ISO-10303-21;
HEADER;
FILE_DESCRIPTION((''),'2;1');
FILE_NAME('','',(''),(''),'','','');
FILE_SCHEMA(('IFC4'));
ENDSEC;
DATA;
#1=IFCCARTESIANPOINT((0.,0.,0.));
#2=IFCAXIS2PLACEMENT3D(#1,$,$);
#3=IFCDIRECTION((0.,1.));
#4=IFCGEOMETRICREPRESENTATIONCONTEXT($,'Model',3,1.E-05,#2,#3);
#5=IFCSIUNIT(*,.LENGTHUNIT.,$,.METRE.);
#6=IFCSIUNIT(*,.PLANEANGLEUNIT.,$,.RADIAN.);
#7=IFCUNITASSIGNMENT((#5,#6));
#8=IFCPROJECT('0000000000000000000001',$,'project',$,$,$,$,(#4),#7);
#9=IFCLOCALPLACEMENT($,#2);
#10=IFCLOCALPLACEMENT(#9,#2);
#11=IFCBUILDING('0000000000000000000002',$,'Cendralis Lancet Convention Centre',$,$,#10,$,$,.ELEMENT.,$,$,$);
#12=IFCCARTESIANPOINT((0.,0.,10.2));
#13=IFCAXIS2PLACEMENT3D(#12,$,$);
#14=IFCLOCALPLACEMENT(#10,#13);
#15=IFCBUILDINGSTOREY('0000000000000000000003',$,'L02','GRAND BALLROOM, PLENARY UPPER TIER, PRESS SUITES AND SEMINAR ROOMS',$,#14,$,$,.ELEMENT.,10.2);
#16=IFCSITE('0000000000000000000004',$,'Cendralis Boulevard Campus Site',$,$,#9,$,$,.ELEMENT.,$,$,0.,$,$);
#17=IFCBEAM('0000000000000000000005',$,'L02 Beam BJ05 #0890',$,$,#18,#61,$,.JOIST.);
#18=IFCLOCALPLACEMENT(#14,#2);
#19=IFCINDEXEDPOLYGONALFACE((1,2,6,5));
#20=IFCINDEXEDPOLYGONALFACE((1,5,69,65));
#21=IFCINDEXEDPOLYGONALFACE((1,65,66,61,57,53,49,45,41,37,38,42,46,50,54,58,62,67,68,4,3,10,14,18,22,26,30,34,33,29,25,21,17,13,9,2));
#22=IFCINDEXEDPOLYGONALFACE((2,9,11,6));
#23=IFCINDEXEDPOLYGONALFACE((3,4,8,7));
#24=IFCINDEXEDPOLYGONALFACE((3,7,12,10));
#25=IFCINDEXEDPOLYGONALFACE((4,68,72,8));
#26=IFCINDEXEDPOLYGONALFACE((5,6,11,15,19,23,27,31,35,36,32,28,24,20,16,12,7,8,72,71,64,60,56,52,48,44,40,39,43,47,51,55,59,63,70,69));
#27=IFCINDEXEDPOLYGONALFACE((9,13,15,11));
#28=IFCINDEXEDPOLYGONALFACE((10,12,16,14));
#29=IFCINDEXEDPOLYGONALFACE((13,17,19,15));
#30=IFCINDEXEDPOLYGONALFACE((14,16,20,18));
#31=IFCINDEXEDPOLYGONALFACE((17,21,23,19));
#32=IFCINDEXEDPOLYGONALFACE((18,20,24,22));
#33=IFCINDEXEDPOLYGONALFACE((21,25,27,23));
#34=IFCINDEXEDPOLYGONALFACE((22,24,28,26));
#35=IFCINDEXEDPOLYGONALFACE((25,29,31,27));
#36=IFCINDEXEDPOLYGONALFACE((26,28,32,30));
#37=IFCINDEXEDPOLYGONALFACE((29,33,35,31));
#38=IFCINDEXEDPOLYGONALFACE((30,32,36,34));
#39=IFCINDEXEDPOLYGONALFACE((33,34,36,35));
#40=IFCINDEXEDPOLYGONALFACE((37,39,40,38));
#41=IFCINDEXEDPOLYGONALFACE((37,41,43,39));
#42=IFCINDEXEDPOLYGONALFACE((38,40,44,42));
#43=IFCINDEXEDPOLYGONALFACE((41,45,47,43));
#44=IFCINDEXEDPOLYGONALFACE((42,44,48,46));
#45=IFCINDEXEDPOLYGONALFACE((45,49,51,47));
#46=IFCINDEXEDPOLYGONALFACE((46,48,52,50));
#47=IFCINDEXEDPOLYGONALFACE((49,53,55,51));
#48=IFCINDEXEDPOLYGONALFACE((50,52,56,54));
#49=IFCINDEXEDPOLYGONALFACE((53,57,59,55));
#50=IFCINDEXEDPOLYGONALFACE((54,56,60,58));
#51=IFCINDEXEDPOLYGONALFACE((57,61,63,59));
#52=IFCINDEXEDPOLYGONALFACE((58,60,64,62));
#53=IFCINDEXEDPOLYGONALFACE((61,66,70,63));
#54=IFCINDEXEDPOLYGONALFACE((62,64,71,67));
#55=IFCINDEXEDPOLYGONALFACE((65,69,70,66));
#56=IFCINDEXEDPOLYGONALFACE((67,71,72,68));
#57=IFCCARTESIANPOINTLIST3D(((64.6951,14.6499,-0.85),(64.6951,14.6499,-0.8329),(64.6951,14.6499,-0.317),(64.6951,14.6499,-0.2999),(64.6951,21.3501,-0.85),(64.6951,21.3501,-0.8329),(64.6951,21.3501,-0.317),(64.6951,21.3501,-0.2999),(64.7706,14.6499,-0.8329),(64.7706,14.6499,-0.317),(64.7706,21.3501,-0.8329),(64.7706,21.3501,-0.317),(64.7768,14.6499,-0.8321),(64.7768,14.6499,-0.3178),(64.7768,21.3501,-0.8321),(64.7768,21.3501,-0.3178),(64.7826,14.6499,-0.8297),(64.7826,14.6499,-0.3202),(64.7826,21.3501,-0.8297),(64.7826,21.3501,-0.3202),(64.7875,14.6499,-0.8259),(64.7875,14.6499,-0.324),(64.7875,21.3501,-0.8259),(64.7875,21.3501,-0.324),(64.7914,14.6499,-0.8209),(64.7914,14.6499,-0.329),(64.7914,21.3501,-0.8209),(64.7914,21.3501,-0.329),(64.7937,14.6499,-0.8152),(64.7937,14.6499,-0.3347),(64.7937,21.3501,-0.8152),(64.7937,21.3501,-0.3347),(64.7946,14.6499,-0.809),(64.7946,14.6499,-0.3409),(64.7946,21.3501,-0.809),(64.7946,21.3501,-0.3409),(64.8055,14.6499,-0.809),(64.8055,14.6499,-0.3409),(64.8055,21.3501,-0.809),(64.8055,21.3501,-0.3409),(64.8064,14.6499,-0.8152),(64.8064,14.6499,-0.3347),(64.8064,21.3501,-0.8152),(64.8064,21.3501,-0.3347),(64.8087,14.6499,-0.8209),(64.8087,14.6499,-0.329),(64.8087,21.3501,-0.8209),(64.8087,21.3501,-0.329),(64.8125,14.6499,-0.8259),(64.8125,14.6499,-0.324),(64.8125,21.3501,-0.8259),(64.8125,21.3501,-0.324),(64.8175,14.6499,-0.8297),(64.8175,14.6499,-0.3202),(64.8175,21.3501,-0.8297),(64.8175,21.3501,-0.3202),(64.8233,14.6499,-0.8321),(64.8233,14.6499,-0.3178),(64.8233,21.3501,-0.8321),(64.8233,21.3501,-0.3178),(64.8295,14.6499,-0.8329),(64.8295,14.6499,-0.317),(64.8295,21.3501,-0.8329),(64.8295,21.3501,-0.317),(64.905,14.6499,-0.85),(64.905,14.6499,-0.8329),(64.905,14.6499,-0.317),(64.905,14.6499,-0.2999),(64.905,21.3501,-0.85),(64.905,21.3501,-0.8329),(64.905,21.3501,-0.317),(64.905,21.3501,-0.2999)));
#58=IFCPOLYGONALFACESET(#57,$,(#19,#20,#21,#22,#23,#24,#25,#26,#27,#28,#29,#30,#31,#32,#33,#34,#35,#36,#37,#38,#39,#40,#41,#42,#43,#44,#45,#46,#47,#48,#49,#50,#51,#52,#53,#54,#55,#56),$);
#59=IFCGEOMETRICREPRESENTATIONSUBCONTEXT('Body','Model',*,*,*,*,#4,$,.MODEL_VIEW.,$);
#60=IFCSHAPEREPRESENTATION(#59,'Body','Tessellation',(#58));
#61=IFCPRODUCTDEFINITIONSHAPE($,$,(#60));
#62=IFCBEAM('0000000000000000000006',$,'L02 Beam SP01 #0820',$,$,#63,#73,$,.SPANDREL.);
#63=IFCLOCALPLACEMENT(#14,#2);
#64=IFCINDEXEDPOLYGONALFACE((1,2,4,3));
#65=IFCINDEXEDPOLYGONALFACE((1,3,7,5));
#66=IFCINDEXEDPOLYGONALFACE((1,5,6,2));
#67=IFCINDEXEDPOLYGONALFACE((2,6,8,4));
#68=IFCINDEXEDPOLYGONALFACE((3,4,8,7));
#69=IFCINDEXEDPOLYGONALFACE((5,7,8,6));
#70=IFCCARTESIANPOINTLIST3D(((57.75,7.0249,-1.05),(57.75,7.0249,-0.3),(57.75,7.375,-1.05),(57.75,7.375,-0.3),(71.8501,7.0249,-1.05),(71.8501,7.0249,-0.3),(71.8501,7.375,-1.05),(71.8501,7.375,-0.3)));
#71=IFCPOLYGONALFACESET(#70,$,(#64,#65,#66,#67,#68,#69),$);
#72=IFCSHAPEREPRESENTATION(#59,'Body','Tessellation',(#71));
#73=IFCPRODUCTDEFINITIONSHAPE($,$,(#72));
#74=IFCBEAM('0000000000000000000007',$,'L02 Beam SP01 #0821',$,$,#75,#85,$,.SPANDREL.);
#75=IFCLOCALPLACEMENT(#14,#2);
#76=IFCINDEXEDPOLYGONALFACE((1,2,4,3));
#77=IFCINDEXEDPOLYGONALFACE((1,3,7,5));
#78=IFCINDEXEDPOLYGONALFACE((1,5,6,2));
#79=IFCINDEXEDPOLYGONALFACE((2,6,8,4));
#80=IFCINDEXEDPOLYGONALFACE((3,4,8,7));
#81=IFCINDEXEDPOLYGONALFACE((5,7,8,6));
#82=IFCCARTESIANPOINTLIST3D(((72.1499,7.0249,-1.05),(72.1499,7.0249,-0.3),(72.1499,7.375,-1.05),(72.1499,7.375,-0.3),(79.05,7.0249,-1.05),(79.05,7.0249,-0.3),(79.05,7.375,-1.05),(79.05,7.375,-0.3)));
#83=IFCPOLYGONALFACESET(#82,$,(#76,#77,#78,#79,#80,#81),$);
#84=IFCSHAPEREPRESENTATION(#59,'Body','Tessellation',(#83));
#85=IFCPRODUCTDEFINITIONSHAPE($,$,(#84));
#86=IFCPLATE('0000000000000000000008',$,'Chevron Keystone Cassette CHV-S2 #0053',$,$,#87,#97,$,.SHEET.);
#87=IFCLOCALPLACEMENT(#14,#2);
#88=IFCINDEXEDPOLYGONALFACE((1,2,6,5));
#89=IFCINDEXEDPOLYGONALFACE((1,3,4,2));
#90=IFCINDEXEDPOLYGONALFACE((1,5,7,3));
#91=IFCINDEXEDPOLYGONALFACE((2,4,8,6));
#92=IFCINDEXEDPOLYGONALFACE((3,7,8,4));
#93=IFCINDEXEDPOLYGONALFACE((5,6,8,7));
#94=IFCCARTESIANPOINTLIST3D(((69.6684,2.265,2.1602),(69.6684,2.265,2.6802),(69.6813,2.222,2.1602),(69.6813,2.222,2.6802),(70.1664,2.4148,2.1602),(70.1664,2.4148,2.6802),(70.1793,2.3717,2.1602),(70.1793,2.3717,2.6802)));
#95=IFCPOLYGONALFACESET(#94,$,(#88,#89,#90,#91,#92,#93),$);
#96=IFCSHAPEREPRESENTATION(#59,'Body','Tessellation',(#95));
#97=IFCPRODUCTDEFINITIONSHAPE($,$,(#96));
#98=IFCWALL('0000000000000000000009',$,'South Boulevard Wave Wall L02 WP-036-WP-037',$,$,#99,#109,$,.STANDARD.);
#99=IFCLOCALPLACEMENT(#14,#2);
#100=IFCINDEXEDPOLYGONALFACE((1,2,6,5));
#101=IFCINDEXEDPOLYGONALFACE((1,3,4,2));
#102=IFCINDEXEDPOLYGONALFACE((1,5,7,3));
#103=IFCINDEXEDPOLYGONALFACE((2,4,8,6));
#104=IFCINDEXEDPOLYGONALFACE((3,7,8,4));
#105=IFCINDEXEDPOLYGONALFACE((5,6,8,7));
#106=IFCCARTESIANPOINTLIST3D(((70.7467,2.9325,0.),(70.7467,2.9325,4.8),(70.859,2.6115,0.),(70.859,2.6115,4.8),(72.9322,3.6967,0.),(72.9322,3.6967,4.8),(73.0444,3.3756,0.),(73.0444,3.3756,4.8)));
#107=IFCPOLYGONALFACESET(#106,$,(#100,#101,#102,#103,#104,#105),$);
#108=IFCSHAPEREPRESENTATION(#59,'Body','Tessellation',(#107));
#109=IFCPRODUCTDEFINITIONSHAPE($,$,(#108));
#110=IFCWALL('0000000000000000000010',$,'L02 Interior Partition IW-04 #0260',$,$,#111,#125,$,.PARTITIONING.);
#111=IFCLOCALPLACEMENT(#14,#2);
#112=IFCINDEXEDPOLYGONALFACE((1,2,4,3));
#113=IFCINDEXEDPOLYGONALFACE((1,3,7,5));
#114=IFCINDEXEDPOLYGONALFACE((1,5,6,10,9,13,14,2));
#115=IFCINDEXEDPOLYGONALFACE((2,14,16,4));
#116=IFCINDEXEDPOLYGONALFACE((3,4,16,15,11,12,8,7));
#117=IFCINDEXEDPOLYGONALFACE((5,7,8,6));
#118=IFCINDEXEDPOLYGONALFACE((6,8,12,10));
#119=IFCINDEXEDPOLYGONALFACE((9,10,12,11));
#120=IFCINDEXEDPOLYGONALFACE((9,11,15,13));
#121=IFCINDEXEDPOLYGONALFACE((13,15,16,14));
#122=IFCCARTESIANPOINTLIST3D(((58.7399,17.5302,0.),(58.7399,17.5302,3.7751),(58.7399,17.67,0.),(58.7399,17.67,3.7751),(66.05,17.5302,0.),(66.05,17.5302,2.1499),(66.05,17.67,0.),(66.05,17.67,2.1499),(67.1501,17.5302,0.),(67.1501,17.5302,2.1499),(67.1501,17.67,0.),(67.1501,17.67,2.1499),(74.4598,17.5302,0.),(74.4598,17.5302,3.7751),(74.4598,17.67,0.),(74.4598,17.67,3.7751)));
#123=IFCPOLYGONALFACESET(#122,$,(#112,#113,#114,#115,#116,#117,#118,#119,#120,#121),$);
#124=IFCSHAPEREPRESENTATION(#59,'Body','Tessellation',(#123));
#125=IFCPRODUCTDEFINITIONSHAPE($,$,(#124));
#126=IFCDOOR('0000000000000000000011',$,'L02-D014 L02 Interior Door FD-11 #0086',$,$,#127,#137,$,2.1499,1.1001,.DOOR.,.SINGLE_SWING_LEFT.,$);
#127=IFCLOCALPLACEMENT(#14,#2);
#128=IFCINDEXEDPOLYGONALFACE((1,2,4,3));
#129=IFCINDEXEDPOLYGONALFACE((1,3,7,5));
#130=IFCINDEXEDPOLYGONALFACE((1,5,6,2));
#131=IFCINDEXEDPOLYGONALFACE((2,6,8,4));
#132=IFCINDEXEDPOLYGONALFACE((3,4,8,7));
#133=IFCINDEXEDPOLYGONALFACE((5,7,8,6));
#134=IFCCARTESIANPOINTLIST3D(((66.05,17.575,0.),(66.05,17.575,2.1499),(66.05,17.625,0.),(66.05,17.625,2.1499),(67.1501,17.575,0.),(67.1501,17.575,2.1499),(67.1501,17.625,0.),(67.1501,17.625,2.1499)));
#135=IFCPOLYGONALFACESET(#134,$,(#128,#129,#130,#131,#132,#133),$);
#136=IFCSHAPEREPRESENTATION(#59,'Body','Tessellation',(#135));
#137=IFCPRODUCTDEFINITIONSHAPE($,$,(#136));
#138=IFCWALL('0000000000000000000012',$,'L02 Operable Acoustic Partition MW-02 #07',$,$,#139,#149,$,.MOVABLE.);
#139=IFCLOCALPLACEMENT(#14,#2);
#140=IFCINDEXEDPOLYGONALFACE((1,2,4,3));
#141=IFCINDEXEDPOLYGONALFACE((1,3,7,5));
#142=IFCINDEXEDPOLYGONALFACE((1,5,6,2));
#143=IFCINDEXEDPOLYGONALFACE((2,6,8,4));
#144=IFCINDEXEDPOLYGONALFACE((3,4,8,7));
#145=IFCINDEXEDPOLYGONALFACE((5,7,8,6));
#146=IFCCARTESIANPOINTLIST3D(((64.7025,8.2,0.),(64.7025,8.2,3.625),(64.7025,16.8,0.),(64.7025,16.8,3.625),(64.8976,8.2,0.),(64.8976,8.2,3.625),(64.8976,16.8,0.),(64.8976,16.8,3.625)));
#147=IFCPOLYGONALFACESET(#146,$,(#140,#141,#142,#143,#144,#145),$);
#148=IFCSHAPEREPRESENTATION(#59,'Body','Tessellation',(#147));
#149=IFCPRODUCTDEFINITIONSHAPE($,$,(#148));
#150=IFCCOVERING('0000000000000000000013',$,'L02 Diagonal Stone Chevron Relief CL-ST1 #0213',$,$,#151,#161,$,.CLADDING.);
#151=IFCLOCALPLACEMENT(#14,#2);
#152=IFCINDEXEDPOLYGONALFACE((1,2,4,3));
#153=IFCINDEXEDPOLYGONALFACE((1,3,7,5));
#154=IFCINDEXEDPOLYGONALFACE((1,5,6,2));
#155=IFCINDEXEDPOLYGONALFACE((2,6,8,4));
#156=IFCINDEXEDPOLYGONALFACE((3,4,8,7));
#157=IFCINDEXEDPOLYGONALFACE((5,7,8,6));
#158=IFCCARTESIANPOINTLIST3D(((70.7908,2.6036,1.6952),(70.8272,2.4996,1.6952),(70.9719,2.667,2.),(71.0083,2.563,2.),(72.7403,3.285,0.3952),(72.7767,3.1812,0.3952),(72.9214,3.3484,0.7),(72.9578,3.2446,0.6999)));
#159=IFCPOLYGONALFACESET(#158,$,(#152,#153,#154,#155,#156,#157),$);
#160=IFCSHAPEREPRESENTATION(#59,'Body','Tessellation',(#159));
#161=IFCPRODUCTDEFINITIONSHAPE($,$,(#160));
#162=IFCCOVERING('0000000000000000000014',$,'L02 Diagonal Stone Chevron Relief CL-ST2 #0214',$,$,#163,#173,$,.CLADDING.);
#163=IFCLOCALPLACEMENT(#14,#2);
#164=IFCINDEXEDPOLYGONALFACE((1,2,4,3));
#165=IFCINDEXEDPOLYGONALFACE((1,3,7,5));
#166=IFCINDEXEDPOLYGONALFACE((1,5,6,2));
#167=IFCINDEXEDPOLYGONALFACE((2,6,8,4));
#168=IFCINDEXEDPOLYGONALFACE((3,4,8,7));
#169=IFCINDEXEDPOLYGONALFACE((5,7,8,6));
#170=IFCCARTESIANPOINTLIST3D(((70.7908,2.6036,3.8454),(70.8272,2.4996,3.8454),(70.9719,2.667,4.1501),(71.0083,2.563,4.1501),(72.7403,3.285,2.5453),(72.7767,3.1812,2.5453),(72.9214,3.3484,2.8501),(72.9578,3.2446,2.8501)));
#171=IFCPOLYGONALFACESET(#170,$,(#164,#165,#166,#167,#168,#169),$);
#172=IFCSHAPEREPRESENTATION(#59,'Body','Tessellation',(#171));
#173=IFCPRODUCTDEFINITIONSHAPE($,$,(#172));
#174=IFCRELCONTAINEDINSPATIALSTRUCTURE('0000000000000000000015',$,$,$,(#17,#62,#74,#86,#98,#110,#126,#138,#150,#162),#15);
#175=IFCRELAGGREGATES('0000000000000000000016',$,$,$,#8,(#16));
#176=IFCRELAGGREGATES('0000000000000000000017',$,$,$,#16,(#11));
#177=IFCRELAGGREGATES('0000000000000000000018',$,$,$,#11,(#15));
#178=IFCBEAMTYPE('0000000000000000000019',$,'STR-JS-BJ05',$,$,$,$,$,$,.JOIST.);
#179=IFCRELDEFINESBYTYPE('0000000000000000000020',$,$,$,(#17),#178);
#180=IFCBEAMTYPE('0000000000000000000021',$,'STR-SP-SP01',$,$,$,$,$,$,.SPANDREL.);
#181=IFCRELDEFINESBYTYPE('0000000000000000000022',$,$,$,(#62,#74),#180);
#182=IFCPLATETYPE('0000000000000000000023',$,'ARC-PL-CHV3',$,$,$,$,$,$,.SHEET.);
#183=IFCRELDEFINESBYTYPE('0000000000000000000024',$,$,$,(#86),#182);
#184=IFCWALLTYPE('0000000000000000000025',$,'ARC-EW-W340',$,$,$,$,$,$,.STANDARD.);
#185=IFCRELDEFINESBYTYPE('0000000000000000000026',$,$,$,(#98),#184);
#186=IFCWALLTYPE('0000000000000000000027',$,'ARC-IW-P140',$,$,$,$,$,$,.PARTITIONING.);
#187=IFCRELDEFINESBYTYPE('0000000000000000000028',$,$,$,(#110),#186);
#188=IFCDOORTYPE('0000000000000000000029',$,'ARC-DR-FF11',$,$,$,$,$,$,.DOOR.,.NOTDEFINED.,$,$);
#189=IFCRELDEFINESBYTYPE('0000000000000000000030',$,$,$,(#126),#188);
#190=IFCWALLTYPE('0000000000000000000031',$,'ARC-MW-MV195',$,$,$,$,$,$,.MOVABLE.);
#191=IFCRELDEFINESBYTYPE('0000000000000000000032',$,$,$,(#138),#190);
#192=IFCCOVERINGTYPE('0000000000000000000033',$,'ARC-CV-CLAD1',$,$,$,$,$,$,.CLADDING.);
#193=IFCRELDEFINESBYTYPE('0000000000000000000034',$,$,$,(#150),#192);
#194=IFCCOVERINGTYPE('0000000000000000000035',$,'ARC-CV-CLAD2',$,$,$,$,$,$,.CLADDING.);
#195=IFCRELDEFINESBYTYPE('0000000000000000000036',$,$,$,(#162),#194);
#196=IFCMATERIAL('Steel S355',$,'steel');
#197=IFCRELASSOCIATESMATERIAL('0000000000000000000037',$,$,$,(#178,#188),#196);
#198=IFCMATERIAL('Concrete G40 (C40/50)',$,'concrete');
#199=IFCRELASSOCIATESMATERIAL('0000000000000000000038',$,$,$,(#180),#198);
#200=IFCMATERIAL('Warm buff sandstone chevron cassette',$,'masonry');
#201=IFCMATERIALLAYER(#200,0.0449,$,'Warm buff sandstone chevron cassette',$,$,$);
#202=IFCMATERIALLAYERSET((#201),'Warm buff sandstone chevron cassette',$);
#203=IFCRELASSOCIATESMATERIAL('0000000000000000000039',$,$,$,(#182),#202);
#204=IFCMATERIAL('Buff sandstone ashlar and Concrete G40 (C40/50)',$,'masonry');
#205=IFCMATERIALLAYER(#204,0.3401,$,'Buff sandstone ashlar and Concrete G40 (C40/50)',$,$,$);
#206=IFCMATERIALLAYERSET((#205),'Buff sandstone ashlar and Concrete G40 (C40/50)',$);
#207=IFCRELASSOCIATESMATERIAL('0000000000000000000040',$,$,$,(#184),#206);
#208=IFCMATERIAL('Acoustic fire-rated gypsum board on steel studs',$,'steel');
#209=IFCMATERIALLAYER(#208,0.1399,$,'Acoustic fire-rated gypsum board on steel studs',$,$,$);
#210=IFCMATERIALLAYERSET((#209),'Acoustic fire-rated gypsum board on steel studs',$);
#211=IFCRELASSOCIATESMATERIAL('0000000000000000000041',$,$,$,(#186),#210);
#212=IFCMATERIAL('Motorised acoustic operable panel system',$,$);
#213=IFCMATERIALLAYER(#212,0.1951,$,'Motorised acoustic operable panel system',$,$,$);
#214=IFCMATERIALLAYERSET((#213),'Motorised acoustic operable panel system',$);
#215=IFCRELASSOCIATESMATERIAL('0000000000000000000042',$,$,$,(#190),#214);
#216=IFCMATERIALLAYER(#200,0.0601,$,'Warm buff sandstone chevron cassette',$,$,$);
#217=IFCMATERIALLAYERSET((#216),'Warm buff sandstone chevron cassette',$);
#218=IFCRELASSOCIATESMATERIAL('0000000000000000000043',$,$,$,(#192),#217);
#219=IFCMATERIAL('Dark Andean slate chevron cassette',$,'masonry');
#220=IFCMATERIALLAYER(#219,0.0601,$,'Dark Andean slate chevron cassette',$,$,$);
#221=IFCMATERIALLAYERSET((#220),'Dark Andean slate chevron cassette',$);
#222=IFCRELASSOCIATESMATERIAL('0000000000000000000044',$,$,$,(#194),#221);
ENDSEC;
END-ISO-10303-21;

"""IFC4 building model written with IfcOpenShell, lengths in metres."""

from ifc_helpers import new_model, si_unit, direction, frame, frame_2d, origin, origin_2d, place, context, subcontext, project, spatial, polyline, rectangle, i_section, outline, extrude, material, layer, layer_set, material_profile, profile_set, type_object, element, fill, save


model = new_model("IFC4")

# Units and contexts
model_context = context("Model", 3, precision=1e-05, world=origin(), true_north=direction((0.0, 1.0)))
body_context = subcontext(model_context, "Body", "Model", "MODEL_VIEW")
ifc_project = project(units=[si_unit("LENGTHUNIT", "METRE"), si_unit("PLANEANGLEUNIT", "RADIAN")], contexts=[model_context])

# Site, building, storey
site_placement = place(None, origin())
site = spatial("IfcSite", under=ifc_project, at=site_placement, Name="Cendralis Boulevard Campus Site", CompositionType="ELEMENT", RefElevation=0.0)
building_placement = place(site_placement, origin())
building = spatial("IfcBuilding", under=site, at=building_placement, Name="Cendralis Lancet Convention Centre", CompositionType="ELEMENT")
storey_placement = place(building_placement, frame((0.0, 0.0, 10.2)))
storey = spatial("IfcBuildingStorey", under=building, at=storey_placement, Name="L02", Description="GRAND BALLROOM, PLENARY UPPER TIER, PRESS SUITES AND SEMINAR ROOMS", CompositionType="ELEMENT", Elevation=10.2)

# Shared definitions
ifc_material_1 = material(Name="Concrete G40 (C40/50)", Category="concrete")
ifc_material_2 = material(Name="Steel S355", Category="steel")

# Beams
ifc_material_profile_1 = material_profile(ifc_material_2, i_section(OverallWidth=0.21, OverallDepth=0.55, WebThickness=0.011, FlangeThickness=0.0171, FilletRadius=0.0239, at=origin_2d()), Name="IPE 550")
ifc_profile_set_1 = profile_set([ifc_material_profile_1], Name="Steel S355")
beam_type_1 = type_object("IfcBeamType", Name="STR-JS-BJ05", PredefinedType="JOIST", material=ifc_profile_set_1)
beam_1_placement = place(storey_placement, frame((64.8, 14.6499, -0.575), z_axis=(0.0, 1.0, 0.0), x_axis=(-1.0, 0.0, 0.0)))
element("IfcBeam", 1, at=beam_1_placement, inside=storey, type_object=beam_type_1, Name="L02 Beam BJ05 #0890", PredefinedType="JOIST", context=body_context, shape_type="SweptSolid", body=[
    extrude(i_section(OverallWidth=0.21, OverallDepth=0.55, WebThickness=0.011, FlangeThickness=0.0171, FilletRadius=0.0239, at=origin_2d()), origin(), (0.0, 0.0, 1.0), 6.7002),
])
ifc_material_profile_2 = material_profile(ifc_material_1, rectangle(XDim=0.3501, YDim=0.75, at=origin_2d()), Name="RCB 350x750")
ifc_profile_set_2 = profile_set([ifc_material_profile_2], Name="Concrete G40 (C40/50)")
beam_type_2 = type_object("IfcBeamType", Name="STR-SP-SP01", PredefinedType="SPANDREL", material=ifc_profile_set_2)
beam_2_placement = place(storey_placement, frame((57.75, 7.2, -0.675), z_axis=(1.0, 0.0, 0.0), x_axis=(0.0, 1.0, 0.0)))
element("IfcBeam", 2, at=beam_2_placement, inside=storey, type_object=beam_type_2, Name="L02 Beam SP01 #0820", PredefinedType="SPANDREL", context=body_context, shape_type="SweptSolid", body=[
    extrude(rectangle(XDim=0.3501, YDim=0.75, at=origin_2d()), origin(), (0.0, 0.0, 1.0), 14.1001),
])
beam_3_placement = place(storey_placement, frame((72.1499, 7.2, -0.675), z_axis=(1.0, 0.0, 0.0), x_axis=(0.0, 1.0, 0.0)))
element("IfcBeam", 3, at=beam_3_placement, inside=storey, type_object=beam_type_2, Name="L02 Beam SP01 #0821", PredefinedType="SPANDREL", context=body_context, shape_type="SweptSolid", body=[
    extrude(rectangle(XDim=0.3501, YDim=0.75, at=origin_2d()), origin(), (0.0, 0.0, 1.0), 6.9001),
])

# Plate
ifc_material_3 = material(Name="Warm buff sandstone chevron cassette", Category="masonry")
ifc_layer_1 = layer(ifc_material_3, 0.0449, Name="Warm buff sandstone chevron cassette")
ifc_layer_set_1 = layer_set([ifc_layer_1], Name="Warm buff sandstone chevron cassette")
plate_type = type_object("IfcPlateType", Name="ARC-PL-CHV3", PredefinedType="SHEET", material=ifc_layer_set_1)
plate_placement = place(storey_placement, frame((69.9238, 2.3184, 2.1602), z_axis=(0.0, 0.0, 1.0), x_axis=(0.957632, 0.287996, 0.0)))
element("IfcPlate", 4, at=plate_placement, inside=storey, type_object=plate_type, Name="Chevron Keystone Cassette CHV-S2 #0053", PredefinedType="SHEET", context=body_context, shape_type="SweptSolid", body=[
    extrude(rectangle(XDim=0.52, YDim=0.0449, at=origin_2d()), origin(), (0.0, 0.0, 1.0), 0.52),
])

# Wall
ifc_material_4 = material(Name="Buff sandstone ashlar and Concrete G40 (C40/50)", Category="masonry")
ifc_layer_2 = layer(ifc_material_4, 0.3401, Name="Buff sandstone ashlar and Concrete G40 (C40/50)")
ifc_layer_set_2 = layer_set([ifc_layer_2], Name="Buff sandstone ashlar and Concrete G40 (C40/50)")
wall_type_1 = type_object("IfcWallType", Name="ARC-EW-W340", PredefinedType="STANDARD", material=ifc_layer_set_2)
wall_1_placement = place(storey_placement, frame((70.8027, 2.772, 0.0), z_axis=(0.0, 0.0, 1.0), x_axis=(0.943964, 0.33005, 0.0)))
element("IfcWall", 5, at=wall_1_placement, inside=storey, type_object=wall_type_1, Name="South Boulevard Wave Wall L02 WP-036-WP-037", PredefinedType="STANDARD", context=body_context, shape_type="SweptSolid", body=[
    extrude(rectangle(XDim=2.3152, YDim=0.3401, at=frame_2d((1.1577, 0.0))), origin(), (0.0, 0.0, 1.0), 4.8),
])

# Wall, opening, door
ifc_material_5 = material(Name="Acoustic fire-rated gypsum board on steel studs", Category="steel")
ifc_layer_3 = layer(ifc_material_5, 0.1399, Name="Acoustic fire-rated gypsum board on steel studs")
ifc_layer_set_3 = layer_set([ifc_layer_3], Name="Acoustic fire-rated gypsum board on steel studs")
wall_type_2 = type_object("IfcWallType", Name="ARC-IW-P140", PredefinedType="PARTITIONING", material=ifc_layer_set_3)
wall_2_placement = place(storey_placement, frame((58.74, 17.6001, 0.0), z_axis=(0.0, 0.0, 1.0), x_axis=(1.0, 0.0, 0.0)))
wall_2 = element("IfcWall", 6, at=wall_2_placement, inside=storey, type_object=wall_type_2, Name="L02 Interior Partition IW-04 #0260", PredefinedType="PARTITIONING", context=body_context, shape_type="SweptSolid", body=[
    extrude(rectangle(XDim=15.72, YDim=0.1399, at=frame_2d((7.8599, 0.0))), origin(), (0.0, 0.0, 1.0), 3.7751),
])
opening_placement = place(wall_2_placement, frame((7.3101, 0.0, 0.0)))
opening = element("IfcOpeningElement", 7, at=opening_placement, cuts=wall_2, PredefinedType="OPENING", context=body_context, shape_type="SweptSolid", body=[
    extrude(rectangle(XDim=1.1001, YDim=2.1499, at=frame_2d((0.55, 1.075))), frame((0.0, 0.0798, 0.0), z_axis=(0.0, -1.0, 0.0), x_axis=(1.0, 0.0, 0.0)), (0.0, 0.0, 1.0), 0.1599),
])
door_type = type_object("IfcDoorType", Name="ARC-DR-FF11", OperationType="NOTDEFINED", PredefinedType="DOOR", material=ifc_material_2)
door_placement = place(opening_placement, origin())
door = element("IfcDoor", 8, at=door_placement, inside=storey, type_object=door_type, Name="L02-D014 L02 Interior Door FD-11 #0086", OperationType="SINGLE_SWING_LEFT", OverallHeight=2.1499, OverallWidth=1.1001, PredefinedType="DOOR", context=body_context, shape_type="SweptSolid", body=[
    extrude(rectangle(XDim=1.1001, YDim=2.1499, at=frame_2d((0.55, 1.075))), frame((0.0, 0.0249, 0.0), z_axis=(0.0, -1.0, 0.0), x_axis=(1.0, 0.0, 0.0)), (0.0, 0.0, 1.0), 0.05),
])
fill(opening, door)

# Wall
ifc_material_6 = material(Name="Motorised acoustic operable panel system")
ifc_layer_4 = layer(ifc_material_6, 0.1951, Name="Motorised acoustic operable panel system")
ifc_layer_set_4 = layer_set([ifc_layer_4], Name="Motorised acoustic operable panel system")
wall_type_3 = type_object("IfcWallType", Name="ARC-MW-MV195", PredefinedType="MOVABLE", material=ifc_layer_set_4)
wall_3_placement = place(storey_placement, frame((64.8, 8.2, 0.0), z_axis=(0.0, 0.0, 1.0), x_axis=(0.0, 1.0, 0.0)))
element("IfcWall", 9, at=wall_3_placement, inside=storey, type_object=wall_type_3, Name="L02 Operable Acoustic Partition MW-02 #07", PredefinedType="MOVABLE", context=body_context, shape_type="SweptSolid", body=[
    extrude(rectangle(XDim=8.6001, YDim=0.1951, at=frame_2d((4.3, 0.0))), origin(), (0.0, 0.0, 1.0), 3.625),
])

# Coverings
ifc_layer_5 = layer(ifc_material_3, 0.0601, Name="Warm buff sandstone chevron cassette")
ifc_layer_set_5 = layer_set([ifc_layer_5], Name="Warm buff sandstone chevron cassette")
covering_type_1 = type_object("IfcCoveringType", Name="ARC-CV-CLAD1", PredefinedType="CLADDING", material=ifc_layer_set_5)
covering_1_placement = place(storey_placement, frame((71.0083, 2.563, 2.0), z_axis=(0.502808, 0.176071, 0.846276), x_axis=(0.798851, 0.279323, -0.532744)))
element("IfcCovering", 10, at=covering_1_placement, inside=storey, type_object=covering_type_1, Name="L02 Diagonal Stone Chevron Relief CL-ST1 #0213", PredefinedType="CLADDING", context=body_context, shape_type="SweptSolid", body=[
    extrude(outline(polyline([(0.0, 0.0), (2.4403, 0.0), (2.4402, 0.11), (0.0, 0.1102), (0.0, 0.0)])), origin(), (0.0, 0.0, -1.0), 0.3601),
])
ifc_material_7 = material(Name="Dark Andean slate chevron cassette", Category="masonry")
ifc_layer_6 = layer(ifc_material_7, 0.0601, Name="Dark Andean slate chevron cassette")
ifc_layer_set_6 = layer_set([ifc_layer_6], Name="Dark Andean slate chevron cassette")
covering_type_2 = type_object("IfcCoveringType", Name="ARC-CV-CLAD2", PredefinedType="CLADDING", material=ifc_layer_set_6)
covering_2_placement = place(storey_placement, frame((71.0083, 2.563, 4.1501), z_axis=(0.502808, 0.176071, 0.846276), x_axis=(0.798851, 0.279323, -0.532744)))
element("IfcCovering", 11, at=covering_2_placement, inside=storey, type_object=covering_type_2, Name="L02 Diagonal Stone Chevron Relief CL-ST2 #0214", PredefinedType="CLADDING", context=body_context, shape_type="SweptSolid", body=[
    extrude(outline(polyline([(0.0, 0.0), (2.4403, 0.0), (2.4402, 0.11), (0.0, 0.1102), (0.0, 0.0)])), origin(), (0.0, 0.0, -1.0), 0.3601),
])

save(model, "model.ifc")
